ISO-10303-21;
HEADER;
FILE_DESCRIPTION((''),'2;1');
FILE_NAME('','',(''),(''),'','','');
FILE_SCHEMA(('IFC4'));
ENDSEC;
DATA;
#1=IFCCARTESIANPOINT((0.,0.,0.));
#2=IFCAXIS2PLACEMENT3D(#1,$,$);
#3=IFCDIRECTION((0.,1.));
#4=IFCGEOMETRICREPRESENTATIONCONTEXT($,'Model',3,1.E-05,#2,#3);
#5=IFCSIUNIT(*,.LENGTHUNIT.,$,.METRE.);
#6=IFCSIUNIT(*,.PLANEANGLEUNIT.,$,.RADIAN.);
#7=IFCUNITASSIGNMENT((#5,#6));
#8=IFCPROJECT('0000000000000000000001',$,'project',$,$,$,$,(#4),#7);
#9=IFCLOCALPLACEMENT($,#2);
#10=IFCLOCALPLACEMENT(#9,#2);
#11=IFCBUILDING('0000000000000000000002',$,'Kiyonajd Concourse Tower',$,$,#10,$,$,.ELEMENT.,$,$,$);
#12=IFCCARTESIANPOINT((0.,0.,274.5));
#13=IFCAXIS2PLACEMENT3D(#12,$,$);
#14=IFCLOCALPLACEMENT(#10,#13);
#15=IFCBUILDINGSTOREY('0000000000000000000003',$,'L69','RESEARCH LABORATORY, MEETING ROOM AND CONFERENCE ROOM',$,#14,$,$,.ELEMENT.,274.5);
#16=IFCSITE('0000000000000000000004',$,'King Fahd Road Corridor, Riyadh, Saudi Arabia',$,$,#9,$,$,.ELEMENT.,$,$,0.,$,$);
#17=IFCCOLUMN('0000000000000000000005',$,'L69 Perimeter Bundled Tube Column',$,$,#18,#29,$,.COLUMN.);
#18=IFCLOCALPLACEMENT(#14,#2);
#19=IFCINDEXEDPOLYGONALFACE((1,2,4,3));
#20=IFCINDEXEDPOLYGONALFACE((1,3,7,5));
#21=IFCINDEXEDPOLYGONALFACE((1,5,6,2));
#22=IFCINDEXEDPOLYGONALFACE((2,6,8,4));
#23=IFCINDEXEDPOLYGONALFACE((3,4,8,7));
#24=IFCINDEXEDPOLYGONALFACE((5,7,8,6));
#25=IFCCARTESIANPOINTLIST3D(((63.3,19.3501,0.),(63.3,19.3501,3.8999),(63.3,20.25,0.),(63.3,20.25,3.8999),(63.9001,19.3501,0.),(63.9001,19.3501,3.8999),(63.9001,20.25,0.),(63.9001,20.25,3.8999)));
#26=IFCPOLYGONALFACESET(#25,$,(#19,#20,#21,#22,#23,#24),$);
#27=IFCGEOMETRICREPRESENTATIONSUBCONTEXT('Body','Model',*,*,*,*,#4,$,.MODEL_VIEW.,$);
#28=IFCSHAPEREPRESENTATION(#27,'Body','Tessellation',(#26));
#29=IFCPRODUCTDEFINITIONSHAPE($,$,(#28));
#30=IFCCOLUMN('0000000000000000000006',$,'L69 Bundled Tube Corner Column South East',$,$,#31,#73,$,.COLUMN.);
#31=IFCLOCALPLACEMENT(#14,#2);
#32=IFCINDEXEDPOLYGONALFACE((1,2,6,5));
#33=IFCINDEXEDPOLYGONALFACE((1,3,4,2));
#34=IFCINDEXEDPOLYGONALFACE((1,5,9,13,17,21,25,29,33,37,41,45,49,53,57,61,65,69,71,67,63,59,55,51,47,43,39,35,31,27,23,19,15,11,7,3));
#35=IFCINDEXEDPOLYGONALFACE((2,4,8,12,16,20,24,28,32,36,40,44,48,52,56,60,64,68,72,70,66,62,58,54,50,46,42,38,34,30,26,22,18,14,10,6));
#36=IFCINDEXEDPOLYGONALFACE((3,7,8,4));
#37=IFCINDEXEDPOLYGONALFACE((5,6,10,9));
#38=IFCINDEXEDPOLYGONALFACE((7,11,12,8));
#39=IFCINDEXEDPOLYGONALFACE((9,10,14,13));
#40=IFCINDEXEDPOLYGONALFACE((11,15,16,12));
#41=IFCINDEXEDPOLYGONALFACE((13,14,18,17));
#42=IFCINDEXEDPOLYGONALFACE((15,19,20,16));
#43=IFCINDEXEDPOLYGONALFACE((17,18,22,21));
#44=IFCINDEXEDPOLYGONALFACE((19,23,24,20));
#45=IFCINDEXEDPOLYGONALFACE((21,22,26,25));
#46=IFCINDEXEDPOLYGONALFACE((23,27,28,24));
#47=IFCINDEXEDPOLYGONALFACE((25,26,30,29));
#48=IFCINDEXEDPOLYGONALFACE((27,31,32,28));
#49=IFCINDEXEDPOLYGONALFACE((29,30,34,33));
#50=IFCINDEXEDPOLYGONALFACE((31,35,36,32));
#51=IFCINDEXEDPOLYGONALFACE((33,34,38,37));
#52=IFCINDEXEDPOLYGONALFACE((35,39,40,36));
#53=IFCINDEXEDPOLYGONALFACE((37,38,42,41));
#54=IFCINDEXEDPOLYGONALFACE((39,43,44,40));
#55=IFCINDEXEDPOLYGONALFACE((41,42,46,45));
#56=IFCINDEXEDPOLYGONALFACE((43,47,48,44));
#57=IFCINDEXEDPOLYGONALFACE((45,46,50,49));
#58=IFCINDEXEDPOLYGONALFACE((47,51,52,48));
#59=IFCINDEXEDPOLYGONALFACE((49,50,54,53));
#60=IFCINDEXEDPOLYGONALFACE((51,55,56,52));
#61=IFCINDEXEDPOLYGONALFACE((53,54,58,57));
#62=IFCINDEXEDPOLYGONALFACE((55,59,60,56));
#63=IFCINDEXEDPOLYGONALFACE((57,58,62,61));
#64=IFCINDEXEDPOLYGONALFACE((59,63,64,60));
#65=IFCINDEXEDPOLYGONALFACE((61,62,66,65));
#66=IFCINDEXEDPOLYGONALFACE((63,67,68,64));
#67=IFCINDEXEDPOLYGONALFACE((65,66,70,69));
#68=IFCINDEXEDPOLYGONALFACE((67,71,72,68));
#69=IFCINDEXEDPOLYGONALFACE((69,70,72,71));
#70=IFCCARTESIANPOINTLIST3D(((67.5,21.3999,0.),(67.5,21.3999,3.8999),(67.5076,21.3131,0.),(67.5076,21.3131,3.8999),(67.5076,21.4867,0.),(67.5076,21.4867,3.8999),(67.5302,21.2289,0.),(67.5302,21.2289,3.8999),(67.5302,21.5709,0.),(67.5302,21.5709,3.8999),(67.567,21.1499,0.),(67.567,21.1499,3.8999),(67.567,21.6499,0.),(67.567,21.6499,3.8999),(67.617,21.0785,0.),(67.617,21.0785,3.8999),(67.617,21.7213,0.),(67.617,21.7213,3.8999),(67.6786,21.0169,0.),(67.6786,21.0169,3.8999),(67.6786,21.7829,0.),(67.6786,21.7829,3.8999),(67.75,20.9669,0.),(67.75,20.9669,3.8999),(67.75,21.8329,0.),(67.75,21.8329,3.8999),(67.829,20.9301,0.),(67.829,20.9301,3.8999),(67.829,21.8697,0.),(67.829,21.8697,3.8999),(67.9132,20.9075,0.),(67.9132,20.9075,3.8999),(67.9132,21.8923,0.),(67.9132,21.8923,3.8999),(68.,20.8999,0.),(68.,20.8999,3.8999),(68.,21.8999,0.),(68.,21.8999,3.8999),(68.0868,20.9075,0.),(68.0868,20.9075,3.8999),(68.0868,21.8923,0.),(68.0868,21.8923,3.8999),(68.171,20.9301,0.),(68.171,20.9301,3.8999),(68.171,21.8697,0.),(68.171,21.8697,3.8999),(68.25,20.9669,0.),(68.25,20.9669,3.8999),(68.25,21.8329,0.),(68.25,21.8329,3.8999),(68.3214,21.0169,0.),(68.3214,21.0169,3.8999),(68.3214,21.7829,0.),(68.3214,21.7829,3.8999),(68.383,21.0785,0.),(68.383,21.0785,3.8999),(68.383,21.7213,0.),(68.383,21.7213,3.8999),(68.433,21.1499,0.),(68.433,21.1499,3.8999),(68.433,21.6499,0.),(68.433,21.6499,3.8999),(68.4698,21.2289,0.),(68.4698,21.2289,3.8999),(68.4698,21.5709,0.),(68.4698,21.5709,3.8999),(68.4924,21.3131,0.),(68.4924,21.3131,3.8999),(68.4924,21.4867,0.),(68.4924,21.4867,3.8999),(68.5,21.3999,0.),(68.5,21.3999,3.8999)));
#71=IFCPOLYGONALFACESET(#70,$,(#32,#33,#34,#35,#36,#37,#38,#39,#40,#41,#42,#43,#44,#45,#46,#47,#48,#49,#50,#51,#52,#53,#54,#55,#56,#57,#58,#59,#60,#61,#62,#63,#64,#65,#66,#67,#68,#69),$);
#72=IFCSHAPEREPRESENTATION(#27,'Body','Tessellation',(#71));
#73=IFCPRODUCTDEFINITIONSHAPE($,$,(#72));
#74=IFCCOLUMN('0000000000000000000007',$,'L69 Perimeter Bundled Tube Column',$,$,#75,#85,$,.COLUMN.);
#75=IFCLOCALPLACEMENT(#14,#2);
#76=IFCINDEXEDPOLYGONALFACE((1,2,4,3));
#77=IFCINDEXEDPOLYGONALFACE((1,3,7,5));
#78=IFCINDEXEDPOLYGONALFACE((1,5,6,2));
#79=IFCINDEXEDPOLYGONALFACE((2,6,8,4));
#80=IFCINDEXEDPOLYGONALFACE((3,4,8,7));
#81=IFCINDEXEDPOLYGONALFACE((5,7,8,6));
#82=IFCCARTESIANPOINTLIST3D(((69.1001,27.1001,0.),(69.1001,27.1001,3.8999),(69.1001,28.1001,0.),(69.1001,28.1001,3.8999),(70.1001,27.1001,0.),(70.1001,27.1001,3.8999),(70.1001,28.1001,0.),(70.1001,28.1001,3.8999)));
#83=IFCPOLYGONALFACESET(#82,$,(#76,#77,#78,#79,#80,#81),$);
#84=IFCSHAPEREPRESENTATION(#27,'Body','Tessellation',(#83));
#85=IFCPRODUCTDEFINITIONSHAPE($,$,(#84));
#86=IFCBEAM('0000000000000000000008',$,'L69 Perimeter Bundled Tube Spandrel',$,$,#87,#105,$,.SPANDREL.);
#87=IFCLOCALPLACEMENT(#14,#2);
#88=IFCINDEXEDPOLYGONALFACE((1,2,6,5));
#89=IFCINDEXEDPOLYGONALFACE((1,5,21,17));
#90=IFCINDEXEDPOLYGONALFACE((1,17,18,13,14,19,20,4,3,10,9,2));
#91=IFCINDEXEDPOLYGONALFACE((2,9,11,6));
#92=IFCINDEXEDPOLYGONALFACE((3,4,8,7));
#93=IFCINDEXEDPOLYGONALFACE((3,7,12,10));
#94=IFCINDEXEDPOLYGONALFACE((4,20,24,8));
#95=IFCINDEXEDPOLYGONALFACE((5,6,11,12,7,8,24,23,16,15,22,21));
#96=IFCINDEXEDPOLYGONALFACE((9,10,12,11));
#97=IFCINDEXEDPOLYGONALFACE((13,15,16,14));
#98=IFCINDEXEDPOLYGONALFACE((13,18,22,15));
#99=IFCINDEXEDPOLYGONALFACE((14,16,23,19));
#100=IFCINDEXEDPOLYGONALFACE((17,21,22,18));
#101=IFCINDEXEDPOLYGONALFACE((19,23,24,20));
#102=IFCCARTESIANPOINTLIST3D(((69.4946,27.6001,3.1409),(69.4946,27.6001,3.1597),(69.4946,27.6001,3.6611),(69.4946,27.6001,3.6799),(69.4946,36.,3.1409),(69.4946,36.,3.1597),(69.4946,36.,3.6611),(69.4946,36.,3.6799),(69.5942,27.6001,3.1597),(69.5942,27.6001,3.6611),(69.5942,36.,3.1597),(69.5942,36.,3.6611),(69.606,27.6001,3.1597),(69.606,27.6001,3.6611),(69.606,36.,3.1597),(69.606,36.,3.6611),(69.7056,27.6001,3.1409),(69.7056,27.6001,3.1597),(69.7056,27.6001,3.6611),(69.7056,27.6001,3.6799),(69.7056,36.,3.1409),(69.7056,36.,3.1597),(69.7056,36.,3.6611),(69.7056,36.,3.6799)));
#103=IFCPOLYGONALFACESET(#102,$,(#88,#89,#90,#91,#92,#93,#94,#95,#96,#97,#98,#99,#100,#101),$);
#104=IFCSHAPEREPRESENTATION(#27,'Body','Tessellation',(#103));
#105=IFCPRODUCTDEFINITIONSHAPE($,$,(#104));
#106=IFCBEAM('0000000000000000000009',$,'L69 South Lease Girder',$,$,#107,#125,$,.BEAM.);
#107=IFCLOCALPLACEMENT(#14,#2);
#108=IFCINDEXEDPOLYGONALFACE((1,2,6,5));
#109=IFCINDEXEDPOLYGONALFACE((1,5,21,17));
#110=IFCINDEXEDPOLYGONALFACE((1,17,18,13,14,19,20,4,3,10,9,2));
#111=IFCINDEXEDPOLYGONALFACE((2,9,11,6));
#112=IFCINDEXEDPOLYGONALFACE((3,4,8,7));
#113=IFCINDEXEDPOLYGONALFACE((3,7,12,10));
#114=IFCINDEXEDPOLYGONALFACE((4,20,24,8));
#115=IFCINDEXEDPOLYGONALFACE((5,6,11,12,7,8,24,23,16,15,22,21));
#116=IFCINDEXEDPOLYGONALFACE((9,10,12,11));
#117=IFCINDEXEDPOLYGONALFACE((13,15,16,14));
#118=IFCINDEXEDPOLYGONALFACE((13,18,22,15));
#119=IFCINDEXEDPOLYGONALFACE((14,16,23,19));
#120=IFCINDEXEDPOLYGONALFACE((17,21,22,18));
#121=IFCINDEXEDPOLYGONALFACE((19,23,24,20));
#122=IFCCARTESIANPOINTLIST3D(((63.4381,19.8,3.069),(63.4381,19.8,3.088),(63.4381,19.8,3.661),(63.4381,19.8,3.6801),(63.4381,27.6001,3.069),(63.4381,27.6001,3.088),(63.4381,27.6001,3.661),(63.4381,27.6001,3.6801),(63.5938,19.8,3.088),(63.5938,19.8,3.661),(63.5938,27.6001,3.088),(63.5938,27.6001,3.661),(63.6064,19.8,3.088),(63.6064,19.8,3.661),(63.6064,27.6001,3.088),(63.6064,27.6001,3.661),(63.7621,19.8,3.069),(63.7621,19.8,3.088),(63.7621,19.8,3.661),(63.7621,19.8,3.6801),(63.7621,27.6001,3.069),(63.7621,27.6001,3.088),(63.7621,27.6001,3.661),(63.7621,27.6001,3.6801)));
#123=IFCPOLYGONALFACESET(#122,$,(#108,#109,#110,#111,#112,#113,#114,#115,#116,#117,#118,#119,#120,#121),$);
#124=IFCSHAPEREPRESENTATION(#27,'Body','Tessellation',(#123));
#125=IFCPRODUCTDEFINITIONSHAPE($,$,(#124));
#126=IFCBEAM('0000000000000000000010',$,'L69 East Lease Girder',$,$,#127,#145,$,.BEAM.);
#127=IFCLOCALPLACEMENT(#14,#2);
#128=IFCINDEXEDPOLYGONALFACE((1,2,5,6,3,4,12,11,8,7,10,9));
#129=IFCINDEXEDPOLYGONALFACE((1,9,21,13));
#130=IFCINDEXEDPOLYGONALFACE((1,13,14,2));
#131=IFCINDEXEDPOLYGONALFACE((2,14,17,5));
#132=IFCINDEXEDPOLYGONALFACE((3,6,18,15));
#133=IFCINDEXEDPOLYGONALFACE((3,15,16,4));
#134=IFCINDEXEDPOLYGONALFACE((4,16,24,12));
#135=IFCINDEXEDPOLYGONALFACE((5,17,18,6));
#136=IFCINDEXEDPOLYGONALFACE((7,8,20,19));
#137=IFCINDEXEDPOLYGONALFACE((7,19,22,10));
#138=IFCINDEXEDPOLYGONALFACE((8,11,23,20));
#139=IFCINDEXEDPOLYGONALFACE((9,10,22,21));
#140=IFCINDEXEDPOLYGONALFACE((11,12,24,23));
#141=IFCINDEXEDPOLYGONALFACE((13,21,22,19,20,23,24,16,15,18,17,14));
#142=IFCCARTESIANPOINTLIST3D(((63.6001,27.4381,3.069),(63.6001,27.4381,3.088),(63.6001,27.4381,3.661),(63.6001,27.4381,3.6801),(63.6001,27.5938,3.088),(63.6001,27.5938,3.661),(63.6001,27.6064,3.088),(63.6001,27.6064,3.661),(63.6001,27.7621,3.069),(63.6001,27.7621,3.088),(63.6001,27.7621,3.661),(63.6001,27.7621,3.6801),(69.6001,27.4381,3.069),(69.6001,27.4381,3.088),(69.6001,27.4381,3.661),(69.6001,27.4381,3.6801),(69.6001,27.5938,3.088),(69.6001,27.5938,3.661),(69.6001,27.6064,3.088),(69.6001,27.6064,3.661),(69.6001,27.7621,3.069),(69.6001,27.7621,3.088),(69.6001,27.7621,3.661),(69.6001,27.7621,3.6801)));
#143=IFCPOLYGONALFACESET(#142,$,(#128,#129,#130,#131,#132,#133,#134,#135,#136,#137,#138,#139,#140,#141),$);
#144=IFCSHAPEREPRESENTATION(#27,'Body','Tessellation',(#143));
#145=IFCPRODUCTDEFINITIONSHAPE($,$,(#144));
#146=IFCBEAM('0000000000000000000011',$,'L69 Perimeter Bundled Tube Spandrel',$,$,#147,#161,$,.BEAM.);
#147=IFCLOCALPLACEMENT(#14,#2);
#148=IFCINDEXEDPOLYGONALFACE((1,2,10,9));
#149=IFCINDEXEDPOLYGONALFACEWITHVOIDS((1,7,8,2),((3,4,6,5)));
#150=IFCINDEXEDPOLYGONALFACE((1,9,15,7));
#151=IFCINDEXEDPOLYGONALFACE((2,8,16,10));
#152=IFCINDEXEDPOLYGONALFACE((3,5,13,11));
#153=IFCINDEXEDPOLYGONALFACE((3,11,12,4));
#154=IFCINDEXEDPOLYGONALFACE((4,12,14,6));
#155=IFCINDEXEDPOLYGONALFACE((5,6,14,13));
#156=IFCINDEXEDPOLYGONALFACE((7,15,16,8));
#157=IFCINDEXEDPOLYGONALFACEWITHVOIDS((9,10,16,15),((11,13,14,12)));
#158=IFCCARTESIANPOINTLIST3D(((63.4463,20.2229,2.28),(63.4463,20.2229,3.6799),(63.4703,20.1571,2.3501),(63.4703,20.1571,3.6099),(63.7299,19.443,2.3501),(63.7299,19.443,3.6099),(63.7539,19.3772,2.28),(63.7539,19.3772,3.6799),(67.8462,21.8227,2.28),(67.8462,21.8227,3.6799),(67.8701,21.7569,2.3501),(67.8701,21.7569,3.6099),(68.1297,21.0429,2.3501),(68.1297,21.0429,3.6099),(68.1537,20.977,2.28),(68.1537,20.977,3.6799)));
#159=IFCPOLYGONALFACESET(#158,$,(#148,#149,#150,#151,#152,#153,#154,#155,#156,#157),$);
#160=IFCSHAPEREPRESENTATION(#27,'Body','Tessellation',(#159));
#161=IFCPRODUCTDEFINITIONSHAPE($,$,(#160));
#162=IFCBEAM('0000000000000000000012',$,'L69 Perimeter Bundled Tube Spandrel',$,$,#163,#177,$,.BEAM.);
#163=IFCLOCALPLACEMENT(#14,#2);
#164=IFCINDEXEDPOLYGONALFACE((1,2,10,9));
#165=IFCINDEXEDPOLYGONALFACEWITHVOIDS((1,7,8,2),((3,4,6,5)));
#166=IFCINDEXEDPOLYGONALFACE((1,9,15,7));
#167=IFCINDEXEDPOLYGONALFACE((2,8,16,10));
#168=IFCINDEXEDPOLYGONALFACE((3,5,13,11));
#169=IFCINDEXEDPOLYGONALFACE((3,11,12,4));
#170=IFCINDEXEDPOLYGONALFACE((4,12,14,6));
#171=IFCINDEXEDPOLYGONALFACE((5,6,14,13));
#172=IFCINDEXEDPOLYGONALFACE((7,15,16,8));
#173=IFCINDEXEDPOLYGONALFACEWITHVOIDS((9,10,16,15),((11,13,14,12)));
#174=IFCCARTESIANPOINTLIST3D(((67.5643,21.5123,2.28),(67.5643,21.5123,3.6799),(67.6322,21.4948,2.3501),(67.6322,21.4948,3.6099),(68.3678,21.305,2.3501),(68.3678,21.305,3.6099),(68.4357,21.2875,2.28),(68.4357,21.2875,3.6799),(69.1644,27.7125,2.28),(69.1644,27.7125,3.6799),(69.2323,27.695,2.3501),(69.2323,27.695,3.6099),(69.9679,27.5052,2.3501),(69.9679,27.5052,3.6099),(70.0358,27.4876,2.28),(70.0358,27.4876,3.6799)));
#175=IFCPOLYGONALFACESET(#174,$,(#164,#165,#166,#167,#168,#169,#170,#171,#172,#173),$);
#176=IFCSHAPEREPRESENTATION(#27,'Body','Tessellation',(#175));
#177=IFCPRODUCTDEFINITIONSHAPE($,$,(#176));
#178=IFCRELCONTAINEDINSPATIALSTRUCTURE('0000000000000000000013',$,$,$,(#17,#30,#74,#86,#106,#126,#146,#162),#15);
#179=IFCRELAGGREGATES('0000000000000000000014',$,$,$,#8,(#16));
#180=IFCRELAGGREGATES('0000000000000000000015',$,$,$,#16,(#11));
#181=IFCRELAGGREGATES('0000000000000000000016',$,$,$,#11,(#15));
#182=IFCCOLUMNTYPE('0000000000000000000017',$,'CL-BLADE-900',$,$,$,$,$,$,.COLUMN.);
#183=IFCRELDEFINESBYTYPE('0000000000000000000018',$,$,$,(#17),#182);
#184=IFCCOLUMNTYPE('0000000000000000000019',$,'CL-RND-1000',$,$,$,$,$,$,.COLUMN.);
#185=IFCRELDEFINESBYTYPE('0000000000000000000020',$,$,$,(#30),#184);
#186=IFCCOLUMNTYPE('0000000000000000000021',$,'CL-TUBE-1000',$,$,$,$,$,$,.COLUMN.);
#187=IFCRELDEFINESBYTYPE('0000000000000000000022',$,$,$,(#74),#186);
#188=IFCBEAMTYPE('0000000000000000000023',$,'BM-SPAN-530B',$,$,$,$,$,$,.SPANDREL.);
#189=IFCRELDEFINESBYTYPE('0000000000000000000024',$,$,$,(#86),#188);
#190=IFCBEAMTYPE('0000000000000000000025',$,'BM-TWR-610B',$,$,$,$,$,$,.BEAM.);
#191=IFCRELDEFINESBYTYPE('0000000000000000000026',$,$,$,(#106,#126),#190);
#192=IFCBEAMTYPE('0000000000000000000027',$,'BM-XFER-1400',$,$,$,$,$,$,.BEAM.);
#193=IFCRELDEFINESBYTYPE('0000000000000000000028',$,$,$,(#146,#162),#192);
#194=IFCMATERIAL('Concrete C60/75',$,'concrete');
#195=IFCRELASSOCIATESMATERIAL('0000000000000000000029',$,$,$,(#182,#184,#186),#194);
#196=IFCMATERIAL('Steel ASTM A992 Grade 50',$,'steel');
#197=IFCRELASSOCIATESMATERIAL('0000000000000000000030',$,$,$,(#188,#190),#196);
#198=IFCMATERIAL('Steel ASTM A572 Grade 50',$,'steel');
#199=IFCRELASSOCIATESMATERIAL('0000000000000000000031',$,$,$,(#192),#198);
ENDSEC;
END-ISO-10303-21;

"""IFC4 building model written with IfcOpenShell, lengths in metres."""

from ifc_helpers import new_model, si_unit, direction, frame, origin, origin_2d, place, context, subcontext, project, spatial, rectangle, hollow_rectangle, circle, i_section, extrude, material, material_profile, profile_set, type_object, element, save


model = new_model("IFC4")

# Units and contexts
model_context = context("Model", 3, precision=1e-05, world=origin(), true_north=direction((0.0, 1.0)))
body_context = subcontext(model_context, "Body", "Model", "MODEL_VIEW")
ifc_project = project(units=[si_unit("LENGTHUNIT", "METRE"), si_unit("PLANEANGLEUNIT", "RADIAN")], contexts=[model_context])

# Site, building, storey
site_placement = place(None, origin())
site = spatial("IfcSite", under=ifc_project, at=site_placement, Name="King Fahd Road Corridor, Riyadh, Saudi Arabia", CompositionType="ELEMENT", RefElevation=0.0)
building_placement = place(site_placement, origin())
building = spatial("IfcBuilding", under=site, at=building_placement, Name="Kiyonajd Concourse Tower", CompositionType="ELEMENT")
storey_placement = place(building_placement, frame((0.0, 0.0, 274.5)))
storey = spatial("IfcBuildingStorey", under=building, at=storey_placement, Name="L69", Description="RESEARCH LABORATORY, MEETING ROOM AND CONFERENCE ROOM", CompositionType="ELEMENT", Elevation=274.5)

# Columns
ifc_material_1 = material(Name="Concrete C60/75", Category="concrete")
ifc_material_profile_1 = material_profile(ifc_material_1, rectangle(XDim=0.6001, YDim=0.8999, at=origin_2d()), Name="RC-900x600")
ifc_profile_set_1 = profile_set([ifc_material_profile_1], Name="Concrete C60/75")
column_type_1 = type_object("IfcColumnType", Name="CL-BLADE-900", PredefinedType="COLUMN", material=ifc_profile_set_1)
column_1_placement = place(storey_placement, frame((63.6001, 19.8, 0.0), z_axis=(0.0, 0.0, 1.0), x_axis=(1.0, 0.0, 0.0)))
element("IfcColumn", 1, at=column_1_placement, inside=storey, type_object=column_type_1, Name="L69 Perimeter Bundled Tube Column", PredefinedType="COLUMN", context=body_context, shape_type="SweptSolid", body=[
    extrude(rectangle(XDim=0.6001, YDim=0.8999, at=origin_2d()), origin(), (0.0, 0.0, 1.0), 3.8999),
])
ifc_material_profile_2 = material_profile(ifc_material_1, circle(Radius=0.5, at=origin_2d()), Name="RCC-D1000")
ifc_profile_set_2 = profile_set([ifc_material_profile_2], Name="Concrete C60/75")
column_type_2 = type_object("IfcColumnType", Name="CL-RND-1000", PredefinedType="COLUMN", material=ifc_profile_set_2)
column_2_placement = place(storey_placement, frame((68.0, 21.3999, 0.0), z_axis=(0.0, 0.0, 1.0), x_axis=(1.0, 0.0, 0.0)))
element("IfcColumn", 2, at=column_2_placement, inside=storey, type_object=column_type_2, Name="L69 Bundled Tube Corner Column South East", PredefinedType="COLUMN", context=body_context, shape_type="SweptSolid", body=[
    extrude(circle(Radius=0.5, at=origin_2d()), origin(), (0.0, 0.0, 1.0), 3.8999),
])
ifc_material_profile_3 = material_profile(ifc_material_1, rectangle(XDim=1.0, YDim=1.0, at=origin_2d()), Name="RC-1000x1000")
ifc_profile_set_3 = profile_set([ifc_material_profile_3], Name="Concrete C60/75")
column_type_3 = type_object("IfcColumnType", Name="CL-TUBE-1000", PredefinedType="COLUMN", material=ifc_profile_set_3)
column_3_placement = place(storey_placement, frame((69.6001, 27.6001, 0.0), z_axis=(0.0, 0.0, 1.0), x_axis=(1.0, 0.0, 0.0)))
element("IfcColumn", 3, at=column_3_placement, inside=storey, type_object=column_type_3, Name="L69 Perimeter Bundled Tube Column", PredefinedType="COLUMN", context=body_context, shape_type="SweptSolid", body=[
    extrude(rectangle(XDim=1.0, YDim=1.0, at=origin_2d()), origin(), (0.0, 0.0, 1.0), 3.8999),
])

# Beams
ifc_material_2 = material(Name="Steel ASTM A992 Grade 50", Category="steel")
ifc_material_profile_4 = material_profile(ifc_material_2, i_section(OverallWidth=0.2109, OverallDepth=0.5391, WebThickness=0.0117, FlangeThickness=0.0188, at=origin_2d()), Name="W530X109")
ifc_profile_set_4 = profile_set([ifc_material_profile_4], Name="Steel ASTM A992 Grade 50")
beam_type_1 = type_object("IfcBeamType", Name="BM-SPAN-530B", PredefinedType="SPANDREL", material=ifc_profile_set_4)
beam_1_placement = place(storey_placement, frame((69.6001, 27.6001, 3.4104), z_axis=(0.0, 1.0, 0.0), x_axis=(-1.0, 0.0, 0.0)))
element("IfcBeam", 4, at=beam_1_placement, inside=storey, type_object=beam_type_1, Name="L69 Perimeter Bundled Tube Spandrel", PredefinedType="SPANDREL", context=body_context, shape_type="SweptSolid", body=[
    extrude(i_section(OverallWidth=0.2109, OverallDepth=0.5391, WebThickness=0.0117, FlangeThickness=0.0188, at=origin_2d()), origin(), (0.0, 0.0, 1.0), 8.3999),
])
ifc_material_profile_5 = material_profile(ifc_material_2, i_section(OverallWidth=0.324, OverallDepth=0.6111, WebThickness=0.0127, FlangeThickness=0.019, at=origin_2d()), Name="W610X155")
ifc_profile_set_5 = profile_set([ifc_material_profile_5], Name="Steel ASTM A992 Grade 50")
beam_type_2 = type_object("IfcBeamType", Name="BM-TWR-610B", PredefinedType="BEAM", material=ifc_profile_set_5)
beam_2_placement = place(storey_placement, frame((63.6001, 19.8, 3.3745), z_axis=(0.0, 1.0, 0.0), x_axis=(-1.0, 0.0, 0.0)))
element("IfcBeam", 5, at=beam_2_placement, inside=storey, type_object=beam_type_2, Name="L69 South Lease Girder", PredefinedType="BEAM", context=body_context, shape_type="SweptSolid", body=[
    extrude(i_section(OverallWidth=0.324, OverallDepth=0.6111, WebThickness=0.0127, FlangeThickness=0.019, at=origin_2d()), origin(), (0.0, 0.0, 1.0), 7.8),
])
beam_3_placement = place(storey_placement, frame((63.6001, 27.6001, 3.3745), z_axis=(1.0, 0.0, 0.0), x_axis=(0.0, 1.0, 0.0)))
element("IfcBeam", 6, at=beam_3_placement, inside=storey, type_object=beam_type_2, Name="L69 East Lease Girder", PredefinedType="BEAM", context=body_context, shape_type="SweptSolid", body=[
    extrude(i_section(OverallWidth=0.324, OverallDepth=0.6111, WebThickness=0.0127, FlangeThickness=0.019, at=origin_2d()), origin(), (0.0, 0.0, 1.0), 6.0),
])
ifc_material_3 = material(Name="Steel ASTM A572 Grade 50", Category="steel")
ifc_material_profile_6 = material_profile(ifc_material_3, hollow_rectangle(XDim=0.8999, YDim=1.3999, WallThickness=0.0701, at=origin_2d()), Name="BOX-1400x900x70")
ifc_profile_set_6 = profile_set([ifc_material_profile_6], Name="Steel ASTM A572 Grade 50")
beam_type_3 = type_object("IfcBeamType", Name="BM-XFER-1400", PredefinedType="BEAM", material=ifc_profile_set_6)
beam_4_placement = place(storey_placement, frame((63.6001, 19.8, 2.98), z_axis=(0.939801, 0.341722, 0.0), x_axis=(-0.341722, 0.939801, 0.0)))
element("IfcBeam", 7, at=beam_4_placement, inside=storey, type_object=beam_type_3, Name="L69 Perimeter Bundled Tube Spandrel", PredefinedType="BEAM", context=body_context, shape_type="SweptSolid", body=[
    extrude(hollow_rectangle(XDim=0.8999, YDim=1.3999, WallThickness=0.0701, at=origin_2d()), origin(), (0.0, 0.0, 1.0), 4.6816),
])
beam_5_placement = place(storey_placement, frame((68.0, 21.3999, 2.98), z_axis=(0.249885, 0.968276, 0.0), x_axis=(-0.968276, 0.249885, 0.0)))
element("IfcBeam", 8, at=beam_5_placement, inside=storey, type_object=beam_type_3, Name="L69 Perimeter Bundled Tube Spandrel", PredefinedType="BEAM", context=body_context, shape_type="SweptSolid", body=[
    extrude(hollow_rectangle(XDim=0.8999, YDim=1.3999, WallThickness=0.0701, at=origin_2d()), origin(), (0.0, 0.0, 1.0), 6.4033),
])

save(model, "model.ifc")
